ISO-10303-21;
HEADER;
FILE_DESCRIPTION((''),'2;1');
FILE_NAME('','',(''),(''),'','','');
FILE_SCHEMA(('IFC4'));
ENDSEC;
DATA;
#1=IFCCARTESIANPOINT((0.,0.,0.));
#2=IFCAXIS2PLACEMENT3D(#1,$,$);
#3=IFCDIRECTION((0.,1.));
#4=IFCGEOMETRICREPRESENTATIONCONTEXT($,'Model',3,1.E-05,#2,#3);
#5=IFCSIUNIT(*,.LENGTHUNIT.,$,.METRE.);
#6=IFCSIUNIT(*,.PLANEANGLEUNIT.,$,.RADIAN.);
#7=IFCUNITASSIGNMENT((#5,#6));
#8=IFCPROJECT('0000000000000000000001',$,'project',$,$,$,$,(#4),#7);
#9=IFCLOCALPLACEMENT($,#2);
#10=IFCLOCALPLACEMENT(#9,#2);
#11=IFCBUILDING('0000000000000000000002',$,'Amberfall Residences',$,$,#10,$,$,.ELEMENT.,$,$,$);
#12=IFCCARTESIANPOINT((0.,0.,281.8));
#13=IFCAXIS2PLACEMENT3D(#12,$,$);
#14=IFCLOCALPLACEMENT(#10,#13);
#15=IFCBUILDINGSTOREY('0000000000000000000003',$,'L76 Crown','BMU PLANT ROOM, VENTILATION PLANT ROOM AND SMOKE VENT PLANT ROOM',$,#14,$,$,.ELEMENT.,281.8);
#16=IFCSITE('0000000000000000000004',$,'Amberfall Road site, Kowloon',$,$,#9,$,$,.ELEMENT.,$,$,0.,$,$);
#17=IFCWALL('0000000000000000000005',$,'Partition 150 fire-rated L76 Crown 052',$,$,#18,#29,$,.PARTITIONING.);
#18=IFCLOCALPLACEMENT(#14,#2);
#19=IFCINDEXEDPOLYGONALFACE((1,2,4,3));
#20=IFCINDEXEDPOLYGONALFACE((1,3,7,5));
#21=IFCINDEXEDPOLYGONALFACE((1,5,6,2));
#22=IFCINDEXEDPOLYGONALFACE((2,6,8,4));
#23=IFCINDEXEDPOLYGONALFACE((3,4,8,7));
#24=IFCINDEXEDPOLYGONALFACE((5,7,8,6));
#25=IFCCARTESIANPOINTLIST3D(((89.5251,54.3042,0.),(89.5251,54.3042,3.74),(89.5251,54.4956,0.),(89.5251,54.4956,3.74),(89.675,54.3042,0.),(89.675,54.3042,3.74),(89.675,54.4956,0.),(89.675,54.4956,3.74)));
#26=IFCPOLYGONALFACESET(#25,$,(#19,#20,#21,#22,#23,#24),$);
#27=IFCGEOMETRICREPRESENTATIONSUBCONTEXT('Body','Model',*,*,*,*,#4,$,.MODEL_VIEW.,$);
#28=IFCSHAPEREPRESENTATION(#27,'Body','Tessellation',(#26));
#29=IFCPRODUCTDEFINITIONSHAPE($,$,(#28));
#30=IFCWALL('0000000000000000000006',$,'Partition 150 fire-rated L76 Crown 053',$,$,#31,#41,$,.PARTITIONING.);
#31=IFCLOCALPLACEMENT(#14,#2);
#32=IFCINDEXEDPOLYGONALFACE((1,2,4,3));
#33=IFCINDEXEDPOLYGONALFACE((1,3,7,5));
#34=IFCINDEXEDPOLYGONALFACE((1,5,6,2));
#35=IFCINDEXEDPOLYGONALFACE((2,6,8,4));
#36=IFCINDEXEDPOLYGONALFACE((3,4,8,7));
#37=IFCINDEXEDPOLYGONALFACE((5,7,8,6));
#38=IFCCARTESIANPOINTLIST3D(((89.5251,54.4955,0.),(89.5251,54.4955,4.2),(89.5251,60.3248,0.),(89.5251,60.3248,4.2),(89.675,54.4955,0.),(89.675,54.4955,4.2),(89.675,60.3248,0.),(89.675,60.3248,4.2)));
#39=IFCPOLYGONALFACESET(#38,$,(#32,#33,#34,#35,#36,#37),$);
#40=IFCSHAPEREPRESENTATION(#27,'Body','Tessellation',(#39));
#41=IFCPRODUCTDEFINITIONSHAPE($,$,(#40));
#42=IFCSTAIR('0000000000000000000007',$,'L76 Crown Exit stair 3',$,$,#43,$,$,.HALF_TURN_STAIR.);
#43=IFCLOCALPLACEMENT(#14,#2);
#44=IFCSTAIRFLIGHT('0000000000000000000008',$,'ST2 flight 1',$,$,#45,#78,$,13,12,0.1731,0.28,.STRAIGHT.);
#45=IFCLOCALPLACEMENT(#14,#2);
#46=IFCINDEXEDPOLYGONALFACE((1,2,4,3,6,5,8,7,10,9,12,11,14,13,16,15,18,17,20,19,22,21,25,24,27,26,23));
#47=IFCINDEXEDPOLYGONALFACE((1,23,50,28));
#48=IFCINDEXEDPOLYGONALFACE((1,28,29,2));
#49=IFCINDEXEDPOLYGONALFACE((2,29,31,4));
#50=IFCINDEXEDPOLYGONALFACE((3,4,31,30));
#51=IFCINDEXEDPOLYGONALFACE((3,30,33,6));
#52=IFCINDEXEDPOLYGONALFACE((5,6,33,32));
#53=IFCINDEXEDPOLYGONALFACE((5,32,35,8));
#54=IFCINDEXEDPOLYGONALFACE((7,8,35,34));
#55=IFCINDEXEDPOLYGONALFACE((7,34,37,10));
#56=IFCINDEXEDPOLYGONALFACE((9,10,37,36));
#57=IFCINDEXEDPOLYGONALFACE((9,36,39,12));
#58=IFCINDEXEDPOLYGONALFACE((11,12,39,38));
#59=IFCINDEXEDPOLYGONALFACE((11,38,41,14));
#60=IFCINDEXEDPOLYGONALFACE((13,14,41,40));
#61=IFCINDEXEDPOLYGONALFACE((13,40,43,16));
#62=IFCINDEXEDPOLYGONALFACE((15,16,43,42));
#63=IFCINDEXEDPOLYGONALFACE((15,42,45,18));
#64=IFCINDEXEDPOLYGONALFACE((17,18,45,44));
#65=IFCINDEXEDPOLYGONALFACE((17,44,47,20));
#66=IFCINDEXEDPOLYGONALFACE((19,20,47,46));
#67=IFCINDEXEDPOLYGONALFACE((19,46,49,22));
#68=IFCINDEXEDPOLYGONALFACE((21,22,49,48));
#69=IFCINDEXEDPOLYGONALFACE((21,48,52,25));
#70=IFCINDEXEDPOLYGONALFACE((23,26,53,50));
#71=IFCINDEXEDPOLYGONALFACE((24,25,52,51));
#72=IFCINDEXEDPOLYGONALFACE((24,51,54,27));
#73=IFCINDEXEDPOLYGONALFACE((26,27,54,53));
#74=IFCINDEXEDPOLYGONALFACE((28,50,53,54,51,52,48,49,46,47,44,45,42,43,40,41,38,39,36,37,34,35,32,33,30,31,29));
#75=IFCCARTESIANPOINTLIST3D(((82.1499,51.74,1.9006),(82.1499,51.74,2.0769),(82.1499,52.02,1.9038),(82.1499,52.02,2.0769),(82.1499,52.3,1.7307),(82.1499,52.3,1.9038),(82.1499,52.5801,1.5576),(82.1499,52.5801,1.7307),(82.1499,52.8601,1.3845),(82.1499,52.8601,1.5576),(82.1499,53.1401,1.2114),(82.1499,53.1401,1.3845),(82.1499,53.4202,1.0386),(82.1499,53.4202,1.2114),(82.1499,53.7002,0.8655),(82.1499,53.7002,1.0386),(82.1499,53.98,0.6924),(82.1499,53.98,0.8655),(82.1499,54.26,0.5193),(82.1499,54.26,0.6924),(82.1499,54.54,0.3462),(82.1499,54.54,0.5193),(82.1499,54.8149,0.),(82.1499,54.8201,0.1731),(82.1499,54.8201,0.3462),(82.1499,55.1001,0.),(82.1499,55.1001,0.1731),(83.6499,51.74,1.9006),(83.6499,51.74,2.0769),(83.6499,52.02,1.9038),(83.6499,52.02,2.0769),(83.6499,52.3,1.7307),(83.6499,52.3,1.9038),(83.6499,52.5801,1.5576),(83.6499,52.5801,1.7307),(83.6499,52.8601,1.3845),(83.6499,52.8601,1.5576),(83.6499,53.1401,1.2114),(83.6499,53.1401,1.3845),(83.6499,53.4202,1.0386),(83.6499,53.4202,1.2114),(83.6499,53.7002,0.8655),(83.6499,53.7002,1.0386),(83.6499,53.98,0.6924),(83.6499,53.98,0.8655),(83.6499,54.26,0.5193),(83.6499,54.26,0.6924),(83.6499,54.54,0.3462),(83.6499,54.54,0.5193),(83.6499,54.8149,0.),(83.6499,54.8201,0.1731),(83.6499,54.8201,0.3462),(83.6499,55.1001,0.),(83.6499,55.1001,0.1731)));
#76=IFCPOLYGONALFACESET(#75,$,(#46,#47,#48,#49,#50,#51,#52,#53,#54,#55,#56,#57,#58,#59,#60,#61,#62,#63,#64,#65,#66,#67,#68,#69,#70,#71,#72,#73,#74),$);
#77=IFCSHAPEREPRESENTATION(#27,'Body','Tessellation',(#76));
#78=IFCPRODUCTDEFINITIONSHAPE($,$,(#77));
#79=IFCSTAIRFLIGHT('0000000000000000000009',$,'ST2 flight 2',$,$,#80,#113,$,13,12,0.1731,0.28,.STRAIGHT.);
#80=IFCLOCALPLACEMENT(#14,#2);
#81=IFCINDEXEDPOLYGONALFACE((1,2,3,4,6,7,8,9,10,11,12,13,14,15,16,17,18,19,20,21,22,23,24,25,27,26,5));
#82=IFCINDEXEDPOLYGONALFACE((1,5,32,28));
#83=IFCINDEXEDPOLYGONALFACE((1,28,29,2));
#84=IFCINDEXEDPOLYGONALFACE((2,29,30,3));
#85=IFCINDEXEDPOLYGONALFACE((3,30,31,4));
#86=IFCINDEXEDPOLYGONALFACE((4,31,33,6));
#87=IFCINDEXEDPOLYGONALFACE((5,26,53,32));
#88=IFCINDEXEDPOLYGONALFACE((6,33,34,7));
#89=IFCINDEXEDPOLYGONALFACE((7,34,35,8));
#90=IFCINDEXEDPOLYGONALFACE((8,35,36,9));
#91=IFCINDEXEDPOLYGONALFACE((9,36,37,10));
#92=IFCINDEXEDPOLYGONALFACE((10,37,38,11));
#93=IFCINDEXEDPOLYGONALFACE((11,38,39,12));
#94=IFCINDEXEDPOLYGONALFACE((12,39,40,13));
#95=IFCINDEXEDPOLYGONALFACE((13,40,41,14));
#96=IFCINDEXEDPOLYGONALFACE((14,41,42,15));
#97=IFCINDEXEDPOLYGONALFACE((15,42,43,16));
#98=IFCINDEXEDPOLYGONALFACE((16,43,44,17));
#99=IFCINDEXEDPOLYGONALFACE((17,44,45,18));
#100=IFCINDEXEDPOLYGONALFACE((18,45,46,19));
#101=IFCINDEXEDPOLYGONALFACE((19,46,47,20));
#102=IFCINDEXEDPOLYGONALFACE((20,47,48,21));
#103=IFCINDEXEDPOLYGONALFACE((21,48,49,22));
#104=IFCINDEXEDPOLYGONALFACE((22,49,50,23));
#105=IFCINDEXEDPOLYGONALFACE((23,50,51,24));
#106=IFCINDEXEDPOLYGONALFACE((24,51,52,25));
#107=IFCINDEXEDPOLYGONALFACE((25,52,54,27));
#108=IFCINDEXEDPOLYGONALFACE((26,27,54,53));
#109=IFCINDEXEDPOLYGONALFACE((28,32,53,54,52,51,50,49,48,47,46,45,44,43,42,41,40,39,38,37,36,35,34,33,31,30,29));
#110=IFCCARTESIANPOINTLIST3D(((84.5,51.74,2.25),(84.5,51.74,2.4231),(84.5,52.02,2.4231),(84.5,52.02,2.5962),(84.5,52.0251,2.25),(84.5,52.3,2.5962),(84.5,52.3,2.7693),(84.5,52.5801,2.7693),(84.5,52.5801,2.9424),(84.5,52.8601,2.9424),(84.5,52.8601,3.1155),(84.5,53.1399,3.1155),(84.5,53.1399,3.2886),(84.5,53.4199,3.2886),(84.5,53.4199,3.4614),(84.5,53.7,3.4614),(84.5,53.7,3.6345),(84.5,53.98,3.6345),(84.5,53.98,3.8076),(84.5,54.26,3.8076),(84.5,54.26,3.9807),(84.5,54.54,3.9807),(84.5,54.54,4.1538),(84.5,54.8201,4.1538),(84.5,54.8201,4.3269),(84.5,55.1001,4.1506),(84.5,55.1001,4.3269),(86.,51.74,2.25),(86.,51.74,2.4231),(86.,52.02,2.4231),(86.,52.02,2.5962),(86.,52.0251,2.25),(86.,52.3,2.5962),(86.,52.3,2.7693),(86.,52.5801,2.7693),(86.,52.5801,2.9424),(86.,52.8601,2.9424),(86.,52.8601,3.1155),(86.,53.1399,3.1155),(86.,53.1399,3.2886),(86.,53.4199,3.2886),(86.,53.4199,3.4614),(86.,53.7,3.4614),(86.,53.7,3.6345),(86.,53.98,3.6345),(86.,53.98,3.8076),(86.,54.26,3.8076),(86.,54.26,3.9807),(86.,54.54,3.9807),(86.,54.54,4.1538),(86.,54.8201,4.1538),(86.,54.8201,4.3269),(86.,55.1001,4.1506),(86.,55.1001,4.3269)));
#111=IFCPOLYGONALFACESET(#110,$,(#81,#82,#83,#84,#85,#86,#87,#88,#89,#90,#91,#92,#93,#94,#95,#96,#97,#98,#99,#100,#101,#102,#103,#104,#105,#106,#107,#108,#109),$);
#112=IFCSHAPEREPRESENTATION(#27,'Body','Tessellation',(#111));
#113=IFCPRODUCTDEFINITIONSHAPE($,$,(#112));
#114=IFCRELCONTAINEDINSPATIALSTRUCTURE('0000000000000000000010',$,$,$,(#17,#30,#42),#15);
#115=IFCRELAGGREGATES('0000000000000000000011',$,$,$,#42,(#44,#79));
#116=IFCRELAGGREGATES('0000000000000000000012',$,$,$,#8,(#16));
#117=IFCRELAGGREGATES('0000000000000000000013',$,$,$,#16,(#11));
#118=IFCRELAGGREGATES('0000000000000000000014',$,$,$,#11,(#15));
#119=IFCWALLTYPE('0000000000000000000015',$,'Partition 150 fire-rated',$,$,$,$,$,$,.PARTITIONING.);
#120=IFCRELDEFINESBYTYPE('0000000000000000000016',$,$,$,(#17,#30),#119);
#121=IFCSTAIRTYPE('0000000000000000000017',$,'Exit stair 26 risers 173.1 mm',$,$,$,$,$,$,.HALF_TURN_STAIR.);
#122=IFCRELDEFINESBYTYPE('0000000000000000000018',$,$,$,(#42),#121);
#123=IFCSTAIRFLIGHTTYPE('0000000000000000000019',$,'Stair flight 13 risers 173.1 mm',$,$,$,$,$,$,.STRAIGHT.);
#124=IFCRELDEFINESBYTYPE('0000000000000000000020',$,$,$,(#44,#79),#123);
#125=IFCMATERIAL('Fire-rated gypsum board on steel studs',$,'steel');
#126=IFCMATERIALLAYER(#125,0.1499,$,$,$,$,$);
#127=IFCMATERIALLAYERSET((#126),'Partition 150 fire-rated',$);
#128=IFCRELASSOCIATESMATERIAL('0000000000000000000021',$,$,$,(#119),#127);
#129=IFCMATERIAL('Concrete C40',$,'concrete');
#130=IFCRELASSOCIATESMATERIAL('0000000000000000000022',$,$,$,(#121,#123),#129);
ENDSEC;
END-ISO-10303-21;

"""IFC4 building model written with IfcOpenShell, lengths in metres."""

from ifc_helpers import new_model, si_unit, direction, frame, frame_2d, origin, place, context, subcontext, project, spatial, polyline, rectangle, outline, extrude, material, layer, layer_set, type_object, element, aggregate, save


model = new_model("IFC4")

# Units and contexts
model_context = context("Model", 3, precision=1e-05, world=origin(), true_north=direction((0.0, 1.0)))
body_context = subcontext(model_context, "Body", "Model", "MODEL_VIEW")
ifc_project = project(units=[si_unit("LENGTHUNIT", "METRE"), si_unit("PLANEANGLEUNIT", "RADIAN")], contexts=[model_context])

# Site, building, storey
site_placement = place(None, origin())
site = spatial("IfcSite", under=ifc_project, at=site_placement, Name="Amberfall Road site, Kowloon", CompositionType="ELEMENT", RefElevation=0.0)
building_placement = place(site_placement, origin())
building = spatial("IfcBuilding", under=site, at=building_placement, Name="Amberfall Residences", CompositionType="ELEMENT")
storey_placement = place(building_placement, frame((0.0, 0.0, 281.8)))
storey = spatial("IfcBuildingStorey", under=building, at=storey_placement, Name="L76 Crown", Description="BMU PLANT ROOM, VENTILATION PLANT ROOM AND SMOKE VENT PLANT ROOM", CompositionType="ELEMENT", Elevation=281.8)

# Shared definitions
ifc_material_1 = material(Name="Fire-rated gypsum board on steel studs", Category="steel")
ifc_layer_1 = layer(ifc_material_1, 0.1499)
ifc_layer_set_1 = layer_set([ifc_layer_1], Name="Partition 150 fire-rated")
wall_type_1 = type_object("IfcWallType", Name="Partition 150 fire-rated", PredefinedType="PARTITIONING", material=ifc_layer_set_1)

# Walls
wall_1_placement = place(storey_placement, frame((89.6001, 54.3042, 0.0), z_axis=(0.0, 0.0, 1.0), x_axis=(0.0, 1.0, 0.0)))
element("IfcWall", 1, at=wall_1_placement, inside=storey, type_object=wall_type_1, Name="Partition 150 fire-rated L76 Crown 052", PredefinedType="PARTITIONING", context=body_context, shape_type="SweptSolid", body=[
    extrude(rectangle(XDim=0.1914, YDim=0.1499, at=frame_2d((0.0957, 0.0))), origin(), (0.0, 0.0, 1.0), 3.74),
])
wall_2_placement = place(storey_placement, frame((89.6001, 54.4956, 0.0), z_axis=(0.0, 0.0, 1.0), x_axis=(0.0, 1.0, 0.0)))
element("IfcWall", 2, at=wall_2_placement, inside=storey, type_object=wall_type_1, Name="Partition 150 fire-rated L76 Crown 053", PredefinedType="PARTITIONING", context=body_context, shape_type="SweptSolid", body=[
    extrude(rectangle(XDim=5.8293, YDim=0.1499, at=frame_2d((2.9146, 0.0))), origin(), (0.0, 0.0, 1.0), 4.2),
])

# Stair, stair flights
ifc_material_2 = material(Name="Concrete C40", Category="concrete")
stair_type = type_object("IfcStairType", Name="Exit stair 26 risers 173.1 mm", PredefinedType="HALF_TURN_STAIR", material=ifc_material_2)
stair_placement = place(storey_placement, origin())
stair = element("IfcStair", 3, at=stair_placement, inside=storey, type_object=stair_type, Name="L76 Crown Exit stair 3", PredefinedType="HALF_TURN_STAIR")
stair_flight_type = type_object("IfcStairFlightType", Name="Stair flight 13 risers 173.1 mm", PredefinedType="STRAIGHT", material=ifc_material_2)
stair_flight_1_placement = place(storey_placement, frame((82.8999, 55.1001, 0.0), z_axis=(0.0, 0.0, 1.0), x_axis=(0.0, -1.0, 0.0)))
stair_flight_1 = element("IfcStairFlight", 4, at=stair_flight_1_placement, type_object=stair_flight_type, Name="ST2 flight 1", NumberOfRisers=13, NumberOfTreads=12, PredefinedType="STRAIGHT", RiserHeight=0.1731, TreadLength=0.28, context=body_context, shape_type="SweptSolid", body=[
    extrude(outline(polyline([(0.0, 0.0), (0.0, 0.1731), (0.28, 0.1731), (0.28, 0.3462), (0.5601, 0.3462), (0.5601, 0.5193), (0.8401, 0.5193), (0.8401, 0.6924), (1.1201, 0.6924), (1.1201, 0.8655), (1.3999, 0.8655), (1.3999, 1.0386), (1.6799, 1.0386), (1.6799, 1.2114), (1.96, 1.2114), (1.96, 1.3845), (2.24, 1.3845), (2.24, 1.5576), (2.52, 1.5576), (2.52, 1.7307), (2.8, 1.7307), (2.8, 1.9038), (3.0801, 1.9038), (3.0801, 2.0769), (3.3601, 2.0769), (3.3601, 2.25), (3.3601, 1.9006), (0.2852, 0.0), (0.0, 0.0)])), frame((0.0, 0.75, 0.0), z_axis=(0.0, -1.0, 0.0), x_axis=(1.0, 0.0, 0.0)), (0.0, 0.0, 1.0), 1.5),
])
stair_flight_2_placement = place(storey_placement, frame((85.25, 51.74, 2.25), z_axis=(0.0, 0.0, 1.0), x_axis=(0.0, 1.0, 0.0)))
stair_flight_2 = element("IfcStairFlight", 5, at=stair_flight_2_placement, type_object=stair_flight_type, Name="ST2 flight 2", NumberOfRisers=13, NumberOfTreads=12, PredefinedType="STRAIGHT", RiserHeight=0.1731, TreadLength=0.28, context=body_context, shape_type="SweptSolid", body=[
    extrude(outline(polyline([(0.0, 0.0), (0.0, 0.1731), (0.28, 0.1731), (0.28, 0.3462), (0.5601, 0.3462), (0.5601, 0.5193), (0.8401, 0.5193), (0.8401, 0.6924), (1.1201, 0.6924), (1.1201, 0.8655), (1.3999, 0.8655), (1.3999, 1.0386), (1.6799, 1.0386), (1.6799, 1.2114), (1.96, 1.2114), (1.96, 1.3845), (2.24, 1.3845), (2.24, 1.5576), (2.52, 1.5576), (2.52, 1.7307), (2.8, 1.7307), (2.8, 1.9038), (3.0801, 1.9038), (3.0801, 2.0769), (3.3601, 2.0769), (3.3601, 2.25), (3.3601, 1.9006), (0.2852, 0.0), (0.0, 0.0)])), frame((0.0, 0.75, 0.0), z_axis=(0.0, -1.0, 0.0), x_axis=(1.0, 0.0, 0.0)), (0.0, 0.0, 1.0), 1.5),
])
aggregate(stair, [stair_flight_1, stair_flight_2])

save(model, "model.ifc")
